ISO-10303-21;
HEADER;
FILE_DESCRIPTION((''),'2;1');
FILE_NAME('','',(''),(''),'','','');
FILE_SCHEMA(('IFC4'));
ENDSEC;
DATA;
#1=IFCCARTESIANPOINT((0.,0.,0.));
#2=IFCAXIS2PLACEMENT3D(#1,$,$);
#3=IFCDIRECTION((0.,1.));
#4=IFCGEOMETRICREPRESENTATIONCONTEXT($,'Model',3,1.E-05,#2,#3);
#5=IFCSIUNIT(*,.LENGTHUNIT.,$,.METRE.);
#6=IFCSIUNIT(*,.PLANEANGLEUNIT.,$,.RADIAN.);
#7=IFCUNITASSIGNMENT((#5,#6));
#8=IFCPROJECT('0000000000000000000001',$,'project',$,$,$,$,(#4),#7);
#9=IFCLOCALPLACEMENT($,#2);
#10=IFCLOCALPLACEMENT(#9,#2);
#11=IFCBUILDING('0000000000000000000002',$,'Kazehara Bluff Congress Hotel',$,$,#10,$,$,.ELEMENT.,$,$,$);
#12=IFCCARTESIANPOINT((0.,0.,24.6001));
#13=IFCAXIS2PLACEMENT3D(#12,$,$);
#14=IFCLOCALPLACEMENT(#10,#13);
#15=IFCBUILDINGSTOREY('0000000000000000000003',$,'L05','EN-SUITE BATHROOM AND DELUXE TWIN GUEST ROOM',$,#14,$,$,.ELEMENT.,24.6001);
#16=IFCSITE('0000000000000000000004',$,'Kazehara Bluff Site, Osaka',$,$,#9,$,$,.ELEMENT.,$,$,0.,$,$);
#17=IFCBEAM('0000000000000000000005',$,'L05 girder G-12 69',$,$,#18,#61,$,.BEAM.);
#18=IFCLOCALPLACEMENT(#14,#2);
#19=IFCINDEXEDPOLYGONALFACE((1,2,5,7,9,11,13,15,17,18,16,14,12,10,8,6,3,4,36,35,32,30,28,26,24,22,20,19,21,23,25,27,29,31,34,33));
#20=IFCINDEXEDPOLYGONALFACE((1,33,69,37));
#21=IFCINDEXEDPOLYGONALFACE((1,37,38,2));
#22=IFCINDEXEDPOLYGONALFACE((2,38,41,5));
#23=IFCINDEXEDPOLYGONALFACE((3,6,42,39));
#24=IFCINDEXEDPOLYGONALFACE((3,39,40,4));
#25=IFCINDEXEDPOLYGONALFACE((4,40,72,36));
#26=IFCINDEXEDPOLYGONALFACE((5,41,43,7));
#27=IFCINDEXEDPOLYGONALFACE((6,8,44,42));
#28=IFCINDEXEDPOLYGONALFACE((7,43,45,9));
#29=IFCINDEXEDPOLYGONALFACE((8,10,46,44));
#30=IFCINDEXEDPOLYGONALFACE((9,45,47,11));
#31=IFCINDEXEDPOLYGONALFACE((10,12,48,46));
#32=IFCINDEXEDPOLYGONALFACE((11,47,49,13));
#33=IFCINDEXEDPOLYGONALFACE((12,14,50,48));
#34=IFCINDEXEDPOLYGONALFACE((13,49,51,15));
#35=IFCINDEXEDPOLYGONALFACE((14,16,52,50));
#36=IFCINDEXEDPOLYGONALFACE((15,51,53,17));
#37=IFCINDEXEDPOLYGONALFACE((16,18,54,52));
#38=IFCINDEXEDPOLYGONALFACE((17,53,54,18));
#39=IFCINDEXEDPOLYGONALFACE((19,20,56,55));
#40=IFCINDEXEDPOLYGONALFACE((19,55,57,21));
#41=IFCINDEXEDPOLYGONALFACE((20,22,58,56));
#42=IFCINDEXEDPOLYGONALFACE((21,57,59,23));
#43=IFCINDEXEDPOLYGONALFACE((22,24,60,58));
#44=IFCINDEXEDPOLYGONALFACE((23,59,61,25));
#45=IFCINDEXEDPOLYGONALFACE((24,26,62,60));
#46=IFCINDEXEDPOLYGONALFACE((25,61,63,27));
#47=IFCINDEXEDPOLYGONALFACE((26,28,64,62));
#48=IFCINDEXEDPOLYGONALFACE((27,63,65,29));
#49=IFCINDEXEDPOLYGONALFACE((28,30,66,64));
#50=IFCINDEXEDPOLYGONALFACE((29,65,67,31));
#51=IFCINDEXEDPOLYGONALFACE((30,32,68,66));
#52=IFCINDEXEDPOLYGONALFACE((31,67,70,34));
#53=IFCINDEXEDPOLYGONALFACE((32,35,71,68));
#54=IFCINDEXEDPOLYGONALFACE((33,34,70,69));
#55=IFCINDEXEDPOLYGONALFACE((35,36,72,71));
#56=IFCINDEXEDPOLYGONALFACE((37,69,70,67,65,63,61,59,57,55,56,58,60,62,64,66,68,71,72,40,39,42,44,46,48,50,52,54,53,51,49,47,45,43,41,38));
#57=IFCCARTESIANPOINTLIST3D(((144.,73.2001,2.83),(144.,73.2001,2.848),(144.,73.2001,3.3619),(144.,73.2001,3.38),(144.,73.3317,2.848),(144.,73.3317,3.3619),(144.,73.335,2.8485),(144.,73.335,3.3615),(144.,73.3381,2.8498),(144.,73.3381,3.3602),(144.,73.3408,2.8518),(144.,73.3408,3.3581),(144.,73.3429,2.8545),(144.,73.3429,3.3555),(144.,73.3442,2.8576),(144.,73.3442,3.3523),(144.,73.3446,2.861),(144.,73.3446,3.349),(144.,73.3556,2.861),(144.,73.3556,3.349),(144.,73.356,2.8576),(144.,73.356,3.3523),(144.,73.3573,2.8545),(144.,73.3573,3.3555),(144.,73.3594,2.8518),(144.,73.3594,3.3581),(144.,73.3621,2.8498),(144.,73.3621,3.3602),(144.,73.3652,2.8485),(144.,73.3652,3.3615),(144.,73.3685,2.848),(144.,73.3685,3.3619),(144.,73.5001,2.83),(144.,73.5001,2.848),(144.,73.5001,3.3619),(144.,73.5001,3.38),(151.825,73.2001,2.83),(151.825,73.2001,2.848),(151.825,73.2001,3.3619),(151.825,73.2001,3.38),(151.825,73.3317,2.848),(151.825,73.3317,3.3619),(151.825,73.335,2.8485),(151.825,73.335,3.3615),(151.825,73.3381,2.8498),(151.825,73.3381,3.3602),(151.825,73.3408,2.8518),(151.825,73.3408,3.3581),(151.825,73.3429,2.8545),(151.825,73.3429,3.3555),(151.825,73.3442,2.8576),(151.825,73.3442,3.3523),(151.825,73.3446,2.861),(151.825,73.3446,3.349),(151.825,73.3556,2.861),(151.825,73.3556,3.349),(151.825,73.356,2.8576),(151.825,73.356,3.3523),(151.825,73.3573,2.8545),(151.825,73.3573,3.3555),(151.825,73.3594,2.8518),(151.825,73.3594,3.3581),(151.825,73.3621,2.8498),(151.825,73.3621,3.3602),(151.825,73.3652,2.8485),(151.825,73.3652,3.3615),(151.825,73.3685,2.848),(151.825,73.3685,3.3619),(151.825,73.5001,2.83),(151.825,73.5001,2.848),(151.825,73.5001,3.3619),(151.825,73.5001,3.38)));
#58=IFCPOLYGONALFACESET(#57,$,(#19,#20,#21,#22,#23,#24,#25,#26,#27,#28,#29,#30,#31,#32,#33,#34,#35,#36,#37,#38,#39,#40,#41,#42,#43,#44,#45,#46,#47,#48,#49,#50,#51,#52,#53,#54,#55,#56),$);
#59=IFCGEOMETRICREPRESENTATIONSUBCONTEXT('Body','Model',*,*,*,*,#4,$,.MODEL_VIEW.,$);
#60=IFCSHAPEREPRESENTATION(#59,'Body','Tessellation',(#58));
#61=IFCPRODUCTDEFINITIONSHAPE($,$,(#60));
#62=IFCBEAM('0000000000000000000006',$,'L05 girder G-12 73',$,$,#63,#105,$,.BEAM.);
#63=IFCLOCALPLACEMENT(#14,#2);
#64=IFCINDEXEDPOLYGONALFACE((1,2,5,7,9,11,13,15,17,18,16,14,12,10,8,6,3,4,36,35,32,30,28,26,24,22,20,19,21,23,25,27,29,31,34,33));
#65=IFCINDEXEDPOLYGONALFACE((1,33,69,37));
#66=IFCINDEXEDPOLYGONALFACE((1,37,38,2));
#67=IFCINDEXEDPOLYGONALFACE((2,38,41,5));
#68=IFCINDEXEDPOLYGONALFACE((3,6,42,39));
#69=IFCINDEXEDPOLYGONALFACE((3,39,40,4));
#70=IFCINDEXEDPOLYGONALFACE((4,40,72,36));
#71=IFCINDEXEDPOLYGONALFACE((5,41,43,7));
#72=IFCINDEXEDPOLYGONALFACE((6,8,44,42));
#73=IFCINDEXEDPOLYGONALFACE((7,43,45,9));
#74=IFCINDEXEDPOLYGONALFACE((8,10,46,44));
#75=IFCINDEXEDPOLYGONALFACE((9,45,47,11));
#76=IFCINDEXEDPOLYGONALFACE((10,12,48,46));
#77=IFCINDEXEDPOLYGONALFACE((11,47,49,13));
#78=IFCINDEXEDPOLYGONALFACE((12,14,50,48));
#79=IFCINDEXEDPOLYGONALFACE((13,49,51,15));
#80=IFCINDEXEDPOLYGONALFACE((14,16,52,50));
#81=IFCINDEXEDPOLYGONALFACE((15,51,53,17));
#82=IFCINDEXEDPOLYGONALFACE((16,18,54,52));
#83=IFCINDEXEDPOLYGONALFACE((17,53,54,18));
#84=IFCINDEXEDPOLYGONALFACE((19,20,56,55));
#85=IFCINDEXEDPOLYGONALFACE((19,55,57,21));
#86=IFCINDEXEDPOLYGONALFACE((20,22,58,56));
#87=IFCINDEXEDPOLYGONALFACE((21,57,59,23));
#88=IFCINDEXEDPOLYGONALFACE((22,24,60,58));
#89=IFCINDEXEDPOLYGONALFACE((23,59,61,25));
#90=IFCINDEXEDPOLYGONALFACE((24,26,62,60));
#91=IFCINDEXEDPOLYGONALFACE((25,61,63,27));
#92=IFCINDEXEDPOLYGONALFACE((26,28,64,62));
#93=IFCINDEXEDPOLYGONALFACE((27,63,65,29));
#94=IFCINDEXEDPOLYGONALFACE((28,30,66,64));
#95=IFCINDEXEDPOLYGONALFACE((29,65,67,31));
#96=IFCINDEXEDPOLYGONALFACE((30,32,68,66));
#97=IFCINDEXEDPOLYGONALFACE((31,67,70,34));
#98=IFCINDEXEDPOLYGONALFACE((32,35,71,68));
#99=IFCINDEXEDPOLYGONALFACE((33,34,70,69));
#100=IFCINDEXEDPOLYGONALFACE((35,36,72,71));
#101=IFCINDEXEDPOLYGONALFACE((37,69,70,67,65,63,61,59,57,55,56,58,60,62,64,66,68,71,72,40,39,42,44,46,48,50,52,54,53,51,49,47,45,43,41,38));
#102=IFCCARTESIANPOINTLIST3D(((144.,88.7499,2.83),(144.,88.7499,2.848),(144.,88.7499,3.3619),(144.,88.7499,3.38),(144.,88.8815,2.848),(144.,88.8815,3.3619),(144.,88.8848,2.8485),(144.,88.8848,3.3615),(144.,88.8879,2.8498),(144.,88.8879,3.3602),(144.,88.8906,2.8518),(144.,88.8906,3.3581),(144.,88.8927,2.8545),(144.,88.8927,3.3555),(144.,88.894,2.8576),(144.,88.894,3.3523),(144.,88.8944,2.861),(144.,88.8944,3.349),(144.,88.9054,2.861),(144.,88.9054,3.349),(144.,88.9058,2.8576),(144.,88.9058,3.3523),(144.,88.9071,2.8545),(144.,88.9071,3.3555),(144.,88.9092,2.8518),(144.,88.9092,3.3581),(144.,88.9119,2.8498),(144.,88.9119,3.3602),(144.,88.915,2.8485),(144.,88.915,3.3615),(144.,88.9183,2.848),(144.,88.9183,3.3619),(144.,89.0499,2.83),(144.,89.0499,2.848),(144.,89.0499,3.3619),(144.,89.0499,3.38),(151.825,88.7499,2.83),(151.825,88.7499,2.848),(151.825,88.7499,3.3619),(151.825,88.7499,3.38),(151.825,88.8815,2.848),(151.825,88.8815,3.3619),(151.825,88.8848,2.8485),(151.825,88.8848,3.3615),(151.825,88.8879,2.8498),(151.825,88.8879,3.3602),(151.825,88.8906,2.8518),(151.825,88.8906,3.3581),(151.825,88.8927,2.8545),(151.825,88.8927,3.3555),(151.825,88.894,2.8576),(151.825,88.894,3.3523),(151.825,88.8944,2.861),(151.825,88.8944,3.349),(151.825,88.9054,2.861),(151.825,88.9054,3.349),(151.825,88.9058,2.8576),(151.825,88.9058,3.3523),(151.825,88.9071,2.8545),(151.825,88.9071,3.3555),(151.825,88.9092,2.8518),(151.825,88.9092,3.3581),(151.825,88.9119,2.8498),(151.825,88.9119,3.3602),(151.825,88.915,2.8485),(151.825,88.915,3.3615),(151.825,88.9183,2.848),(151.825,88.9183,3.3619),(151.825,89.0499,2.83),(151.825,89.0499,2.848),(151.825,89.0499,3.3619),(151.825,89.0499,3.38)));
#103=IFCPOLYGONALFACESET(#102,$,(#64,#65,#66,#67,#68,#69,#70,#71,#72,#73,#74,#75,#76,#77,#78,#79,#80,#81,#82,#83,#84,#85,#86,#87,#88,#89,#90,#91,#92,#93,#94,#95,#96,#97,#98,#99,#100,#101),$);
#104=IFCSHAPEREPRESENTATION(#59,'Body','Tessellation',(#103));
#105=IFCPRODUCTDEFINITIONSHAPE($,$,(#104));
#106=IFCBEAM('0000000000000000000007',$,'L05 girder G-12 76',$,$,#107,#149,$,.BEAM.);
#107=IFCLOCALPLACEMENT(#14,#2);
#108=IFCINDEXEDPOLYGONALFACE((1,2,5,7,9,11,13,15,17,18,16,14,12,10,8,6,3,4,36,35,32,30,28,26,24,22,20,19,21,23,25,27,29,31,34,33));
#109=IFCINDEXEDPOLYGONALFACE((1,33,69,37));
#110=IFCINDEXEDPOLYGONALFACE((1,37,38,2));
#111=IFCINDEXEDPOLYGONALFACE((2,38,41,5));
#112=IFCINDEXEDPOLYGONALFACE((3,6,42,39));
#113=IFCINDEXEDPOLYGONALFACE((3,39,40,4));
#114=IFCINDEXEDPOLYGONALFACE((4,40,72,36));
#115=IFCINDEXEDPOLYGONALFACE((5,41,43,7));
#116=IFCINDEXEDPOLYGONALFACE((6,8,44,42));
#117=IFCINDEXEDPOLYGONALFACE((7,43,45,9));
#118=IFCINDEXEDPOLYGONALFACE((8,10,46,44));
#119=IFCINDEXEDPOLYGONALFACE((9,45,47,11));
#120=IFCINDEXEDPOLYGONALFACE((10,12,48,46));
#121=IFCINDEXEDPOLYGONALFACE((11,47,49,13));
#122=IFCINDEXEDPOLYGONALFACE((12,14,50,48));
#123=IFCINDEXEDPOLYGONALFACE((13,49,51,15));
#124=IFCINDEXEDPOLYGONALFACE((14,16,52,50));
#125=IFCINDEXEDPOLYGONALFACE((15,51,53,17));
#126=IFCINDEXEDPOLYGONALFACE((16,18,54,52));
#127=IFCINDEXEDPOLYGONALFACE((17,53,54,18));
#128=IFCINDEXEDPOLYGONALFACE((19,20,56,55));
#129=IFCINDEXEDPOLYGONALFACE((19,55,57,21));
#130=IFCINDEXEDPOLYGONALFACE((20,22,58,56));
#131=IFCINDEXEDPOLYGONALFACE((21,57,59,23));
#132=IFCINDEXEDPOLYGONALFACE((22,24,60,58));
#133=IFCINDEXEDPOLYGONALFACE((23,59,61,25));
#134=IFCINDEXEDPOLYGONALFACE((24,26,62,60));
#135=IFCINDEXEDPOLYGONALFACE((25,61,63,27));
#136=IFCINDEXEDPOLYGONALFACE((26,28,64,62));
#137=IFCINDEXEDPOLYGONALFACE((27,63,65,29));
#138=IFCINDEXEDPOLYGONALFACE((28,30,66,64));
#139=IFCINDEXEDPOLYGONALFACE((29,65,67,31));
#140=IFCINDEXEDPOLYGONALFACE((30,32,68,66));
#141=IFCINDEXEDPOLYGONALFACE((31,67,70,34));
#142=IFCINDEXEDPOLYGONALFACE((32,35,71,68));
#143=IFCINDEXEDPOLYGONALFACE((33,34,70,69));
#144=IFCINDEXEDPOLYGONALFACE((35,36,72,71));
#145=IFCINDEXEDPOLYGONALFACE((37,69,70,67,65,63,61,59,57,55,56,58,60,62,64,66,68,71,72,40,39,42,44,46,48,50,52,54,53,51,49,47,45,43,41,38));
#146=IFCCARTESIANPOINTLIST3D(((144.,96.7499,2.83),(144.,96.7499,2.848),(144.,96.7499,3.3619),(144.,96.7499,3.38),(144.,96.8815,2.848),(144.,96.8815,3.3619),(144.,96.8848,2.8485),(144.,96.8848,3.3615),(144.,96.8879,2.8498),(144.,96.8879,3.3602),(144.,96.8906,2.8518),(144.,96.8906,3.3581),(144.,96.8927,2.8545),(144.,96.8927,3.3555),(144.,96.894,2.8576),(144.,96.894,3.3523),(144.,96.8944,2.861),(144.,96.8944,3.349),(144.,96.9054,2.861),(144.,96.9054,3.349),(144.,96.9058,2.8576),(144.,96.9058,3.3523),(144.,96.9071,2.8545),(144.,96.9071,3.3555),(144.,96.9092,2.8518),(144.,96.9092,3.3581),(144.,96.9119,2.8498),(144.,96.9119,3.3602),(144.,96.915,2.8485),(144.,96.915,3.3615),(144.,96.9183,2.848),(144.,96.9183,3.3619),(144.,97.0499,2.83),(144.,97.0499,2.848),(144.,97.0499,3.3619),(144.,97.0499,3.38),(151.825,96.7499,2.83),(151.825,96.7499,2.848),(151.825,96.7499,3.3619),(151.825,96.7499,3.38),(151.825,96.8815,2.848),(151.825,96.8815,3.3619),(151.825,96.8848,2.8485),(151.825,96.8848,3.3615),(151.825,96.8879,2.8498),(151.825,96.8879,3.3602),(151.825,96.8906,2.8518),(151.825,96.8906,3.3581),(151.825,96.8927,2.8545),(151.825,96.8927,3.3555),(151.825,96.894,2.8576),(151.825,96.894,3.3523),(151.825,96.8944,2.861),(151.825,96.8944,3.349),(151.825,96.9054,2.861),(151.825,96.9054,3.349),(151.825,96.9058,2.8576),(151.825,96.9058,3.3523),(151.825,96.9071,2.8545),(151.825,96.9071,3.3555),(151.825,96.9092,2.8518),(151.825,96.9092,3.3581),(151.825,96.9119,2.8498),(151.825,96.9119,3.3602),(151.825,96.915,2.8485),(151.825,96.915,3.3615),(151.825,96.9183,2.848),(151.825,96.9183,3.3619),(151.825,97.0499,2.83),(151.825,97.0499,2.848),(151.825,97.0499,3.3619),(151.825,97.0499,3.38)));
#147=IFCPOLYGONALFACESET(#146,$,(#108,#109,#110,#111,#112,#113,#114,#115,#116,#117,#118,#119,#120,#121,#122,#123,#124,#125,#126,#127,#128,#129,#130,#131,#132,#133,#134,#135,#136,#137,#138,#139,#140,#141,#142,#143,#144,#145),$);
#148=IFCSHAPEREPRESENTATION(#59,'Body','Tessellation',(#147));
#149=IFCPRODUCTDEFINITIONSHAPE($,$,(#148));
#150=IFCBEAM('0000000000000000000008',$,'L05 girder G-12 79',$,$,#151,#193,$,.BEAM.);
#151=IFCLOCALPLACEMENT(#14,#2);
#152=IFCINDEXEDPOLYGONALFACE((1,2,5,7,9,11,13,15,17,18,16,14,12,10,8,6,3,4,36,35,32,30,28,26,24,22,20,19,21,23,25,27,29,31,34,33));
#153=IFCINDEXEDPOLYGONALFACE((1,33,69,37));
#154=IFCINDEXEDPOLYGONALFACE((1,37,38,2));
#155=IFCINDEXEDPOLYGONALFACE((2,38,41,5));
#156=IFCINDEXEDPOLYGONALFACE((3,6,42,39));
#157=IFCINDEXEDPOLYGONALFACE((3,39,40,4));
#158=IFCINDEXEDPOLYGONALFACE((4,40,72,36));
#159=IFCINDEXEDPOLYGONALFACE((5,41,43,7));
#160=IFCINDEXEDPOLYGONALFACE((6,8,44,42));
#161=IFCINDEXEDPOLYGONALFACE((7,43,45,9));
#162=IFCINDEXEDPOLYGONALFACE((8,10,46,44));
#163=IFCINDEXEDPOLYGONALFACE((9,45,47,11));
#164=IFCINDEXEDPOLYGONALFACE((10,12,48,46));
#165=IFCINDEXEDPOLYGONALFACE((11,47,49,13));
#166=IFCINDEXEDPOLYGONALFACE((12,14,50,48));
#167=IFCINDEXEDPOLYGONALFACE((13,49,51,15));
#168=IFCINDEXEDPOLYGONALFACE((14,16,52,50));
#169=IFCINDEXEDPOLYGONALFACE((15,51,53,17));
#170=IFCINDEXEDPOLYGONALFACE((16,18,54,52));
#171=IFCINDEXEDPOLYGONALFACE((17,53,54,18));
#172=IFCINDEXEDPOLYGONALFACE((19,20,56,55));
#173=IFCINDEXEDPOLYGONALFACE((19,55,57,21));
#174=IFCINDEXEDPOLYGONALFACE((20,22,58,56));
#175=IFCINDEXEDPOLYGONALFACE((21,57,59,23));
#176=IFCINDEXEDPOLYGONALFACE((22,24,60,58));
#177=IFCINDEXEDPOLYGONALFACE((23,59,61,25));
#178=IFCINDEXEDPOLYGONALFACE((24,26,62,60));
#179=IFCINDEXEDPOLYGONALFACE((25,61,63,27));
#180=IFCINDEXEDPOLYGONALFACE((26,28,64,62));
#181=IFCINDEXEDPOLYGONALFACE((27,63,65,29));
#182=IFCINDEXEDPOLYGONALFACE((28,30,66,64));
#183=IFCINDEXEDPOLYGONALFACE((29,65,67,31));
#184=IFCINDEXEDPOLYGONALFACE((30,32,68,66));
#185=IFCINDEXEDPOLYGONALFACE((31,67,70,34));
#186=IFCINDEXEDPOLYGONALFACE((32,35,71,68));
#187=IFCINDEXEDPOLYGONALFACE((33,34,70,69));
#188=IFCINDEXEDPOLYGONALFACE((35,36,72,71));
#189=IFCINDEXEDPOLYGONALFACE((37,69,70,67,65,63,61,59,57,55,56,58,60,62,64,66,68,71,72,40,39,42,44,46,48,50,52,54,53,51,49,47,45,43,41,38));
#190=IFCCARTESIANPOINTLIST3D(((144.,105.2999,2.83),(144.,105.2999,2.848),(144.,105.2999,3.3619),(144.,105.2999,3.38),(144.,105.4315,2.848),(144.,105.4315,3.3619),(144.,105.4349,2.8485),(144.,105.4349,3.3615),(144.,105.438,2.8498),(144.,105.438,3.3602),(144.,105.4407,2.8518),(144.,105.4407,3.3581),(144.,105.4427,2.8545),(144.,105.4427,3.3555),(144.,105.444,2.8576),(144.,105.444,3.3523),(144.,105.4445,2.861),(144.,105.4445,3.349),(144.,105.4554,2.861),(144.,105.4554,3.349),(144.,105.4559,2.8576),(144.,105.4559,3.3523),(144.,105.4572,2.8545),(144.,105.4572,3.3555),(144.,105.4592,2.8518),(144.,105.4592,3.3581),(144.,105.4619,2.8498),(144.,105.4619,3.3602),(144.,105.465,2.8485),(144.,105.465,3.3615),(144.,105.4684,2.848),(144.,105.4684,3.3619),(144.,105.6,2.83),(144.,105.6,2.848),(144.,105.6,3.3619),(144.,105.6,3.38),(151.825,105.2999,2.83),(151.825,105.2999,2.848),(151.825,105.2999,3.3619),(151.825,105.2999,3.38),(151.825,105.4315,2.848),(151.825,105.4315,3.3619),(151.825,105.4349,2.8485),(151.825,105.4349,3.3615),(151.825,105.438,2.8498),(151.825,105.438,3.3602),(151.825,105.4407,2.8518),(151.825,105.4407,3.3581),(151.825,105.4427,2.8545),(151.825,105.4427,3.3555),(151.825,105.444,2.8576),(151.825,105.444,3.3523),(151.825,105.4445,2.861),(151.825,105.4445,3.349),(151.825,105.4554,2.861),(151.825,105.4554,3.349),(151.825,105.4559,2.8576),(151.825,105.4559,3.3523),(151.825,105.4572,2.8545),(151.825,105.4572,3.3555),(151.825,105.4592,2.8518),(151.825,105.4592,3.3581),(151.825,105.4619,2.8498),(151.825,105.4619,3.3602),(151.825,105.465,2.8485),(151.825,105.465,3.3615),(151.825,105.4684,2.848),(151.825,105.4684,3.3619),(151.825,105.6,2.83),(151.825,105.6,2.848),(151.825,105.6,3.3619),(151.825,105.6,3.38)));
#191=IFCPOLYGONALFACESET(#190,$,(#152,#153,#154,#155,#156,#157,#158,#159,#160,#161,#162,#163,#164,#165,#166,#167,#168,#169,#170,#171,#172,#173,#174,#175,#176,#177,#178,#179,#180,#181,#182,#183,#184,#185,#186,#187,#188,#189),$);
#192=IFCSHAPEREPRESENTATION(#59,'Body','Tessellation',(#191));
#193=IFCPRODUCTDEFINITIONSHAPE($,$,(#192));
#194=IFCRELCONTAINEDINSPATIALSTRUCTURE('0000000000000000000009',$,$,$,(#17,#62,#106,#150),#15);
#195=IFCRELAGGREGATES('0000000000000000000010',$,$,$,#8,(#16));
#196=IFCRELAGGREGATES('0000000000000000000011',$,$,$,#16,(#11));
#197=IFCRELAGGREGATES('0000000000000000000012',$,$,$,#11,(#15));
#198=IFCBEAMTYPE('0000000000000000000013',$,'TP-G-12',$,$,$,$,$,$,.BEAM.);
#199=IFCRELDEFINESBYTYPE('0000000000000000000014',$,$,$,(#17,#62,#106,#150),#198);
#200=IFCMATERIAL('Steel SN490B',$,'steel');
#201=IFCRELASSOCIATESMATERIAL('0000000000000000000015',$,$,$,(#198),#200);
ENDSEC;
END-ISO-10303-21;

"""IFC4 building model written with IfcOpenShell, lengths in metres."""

from ifc_helpers import new_model, si_unit, direction, frame, origin, origin_2d, place, context, subcontext, project, spatial, i_section, extrude, material, material_profile, profile_set, type_object, element, save


model = new_model("IFC4")

# Units and contexts
model_context = context("Model", 3, precision=1e-05, world=origin(), true_north=direction((0.0, 1.0)))
body_context = subcontext(model_context, "Body", "Model", "MODEL_VIEW")
ifc_project = project(units=[si_unit("LENGTHUNIT", "METRE"), si_unit("PLANEANGLEUNIT", "RADIAN")], contexts=[model_context])

# Site, building, storey
site_placement = place(None, origin())
site = spatial("IfcSite", under=ifc_project, at=site_placement, Name="Kazehara Bluff Site, Osaka", CompositionType="ELEMENT", RefElevation=0.0)
building_placement = place(site_placement, origin())
building = spatial("IfcBuilding", under=site, at=building_placement, Name="Kazehara Bluff Congress Hotel", CompositionType="ELEMENT")
storey_placement = place(building_placement, frame((0.0, 0.0, 24.6001)))
storey = spatial("IfcBuildingStorey", under=building, at=storey_placement, Name="L05", Description="EN-SUITE BATHROOM AND DELUXE TWIN GUEST ROOM", CompositionType="ELEMENT", Elevation=24.6001)

# Beams
ifc_material_1 = material(Name="Steel SN490B", Category="steel")
ifc_material_profile_1 = material_profile(ifc_material_1, i_section(OverallWidth=0.3, OverallDepth=0.55, WebThickness=0.011, FlangeThickness=0.0181, FilletRadius=0.0129, at=origin_2d()))
ifc_profile_set_1 = profile_set([ifc_material_profile_1], Name="Steel SN490B")
beam_type_1 = type_object("IfcBeamType", Name="TP-G-12", PredefinedType="BEAM", material=ifc_profile_set_1)
for number, where, z_axis, x_axis, name in (
    (1, (144.0, 73.3501, 3.105), (1.0, 0.0, 0.0), (0.0, 1.0, 0.0), "L05 girder G-12 69"),
    (2, (144.0, 88.8999, 3.105), (1.0, 0.0, 0.0), (0.0, 1.0, 0.0), "L05 girder G-12 73"),
    (3, (144.0, 96.8999, 3.105), (1.0, 0.0, 0.0), (0.0, 1.0, 0.0), "L05 girder G-12 76"),
    (4, (144.0, 105.45, 3.105), (1.0, 0.0, 0.0), (0.0, 1.0, 0.0), "L05 girder G-12 79"),
):
    element("IfcBeam", number, at=place(storey_placement, frame(where, z_axis=z_axis, x_axis=x_axis)), inside=storey, type_object=beam_type_1, Name=name, PredefinedType="BEAM", context=body_context, shape_type="SweptSolid", body=[
        extrude(i_section(OverallWidth=0.3, OverallDepth=0.55, WebThickness=0.011, FlangeThickness=0.0181, FilletRadius=0.0129, at=origin_2d()), origin(), (0.0, 0.0, 1.0), 7.825),
    ])

save(model, "model.ifc")
